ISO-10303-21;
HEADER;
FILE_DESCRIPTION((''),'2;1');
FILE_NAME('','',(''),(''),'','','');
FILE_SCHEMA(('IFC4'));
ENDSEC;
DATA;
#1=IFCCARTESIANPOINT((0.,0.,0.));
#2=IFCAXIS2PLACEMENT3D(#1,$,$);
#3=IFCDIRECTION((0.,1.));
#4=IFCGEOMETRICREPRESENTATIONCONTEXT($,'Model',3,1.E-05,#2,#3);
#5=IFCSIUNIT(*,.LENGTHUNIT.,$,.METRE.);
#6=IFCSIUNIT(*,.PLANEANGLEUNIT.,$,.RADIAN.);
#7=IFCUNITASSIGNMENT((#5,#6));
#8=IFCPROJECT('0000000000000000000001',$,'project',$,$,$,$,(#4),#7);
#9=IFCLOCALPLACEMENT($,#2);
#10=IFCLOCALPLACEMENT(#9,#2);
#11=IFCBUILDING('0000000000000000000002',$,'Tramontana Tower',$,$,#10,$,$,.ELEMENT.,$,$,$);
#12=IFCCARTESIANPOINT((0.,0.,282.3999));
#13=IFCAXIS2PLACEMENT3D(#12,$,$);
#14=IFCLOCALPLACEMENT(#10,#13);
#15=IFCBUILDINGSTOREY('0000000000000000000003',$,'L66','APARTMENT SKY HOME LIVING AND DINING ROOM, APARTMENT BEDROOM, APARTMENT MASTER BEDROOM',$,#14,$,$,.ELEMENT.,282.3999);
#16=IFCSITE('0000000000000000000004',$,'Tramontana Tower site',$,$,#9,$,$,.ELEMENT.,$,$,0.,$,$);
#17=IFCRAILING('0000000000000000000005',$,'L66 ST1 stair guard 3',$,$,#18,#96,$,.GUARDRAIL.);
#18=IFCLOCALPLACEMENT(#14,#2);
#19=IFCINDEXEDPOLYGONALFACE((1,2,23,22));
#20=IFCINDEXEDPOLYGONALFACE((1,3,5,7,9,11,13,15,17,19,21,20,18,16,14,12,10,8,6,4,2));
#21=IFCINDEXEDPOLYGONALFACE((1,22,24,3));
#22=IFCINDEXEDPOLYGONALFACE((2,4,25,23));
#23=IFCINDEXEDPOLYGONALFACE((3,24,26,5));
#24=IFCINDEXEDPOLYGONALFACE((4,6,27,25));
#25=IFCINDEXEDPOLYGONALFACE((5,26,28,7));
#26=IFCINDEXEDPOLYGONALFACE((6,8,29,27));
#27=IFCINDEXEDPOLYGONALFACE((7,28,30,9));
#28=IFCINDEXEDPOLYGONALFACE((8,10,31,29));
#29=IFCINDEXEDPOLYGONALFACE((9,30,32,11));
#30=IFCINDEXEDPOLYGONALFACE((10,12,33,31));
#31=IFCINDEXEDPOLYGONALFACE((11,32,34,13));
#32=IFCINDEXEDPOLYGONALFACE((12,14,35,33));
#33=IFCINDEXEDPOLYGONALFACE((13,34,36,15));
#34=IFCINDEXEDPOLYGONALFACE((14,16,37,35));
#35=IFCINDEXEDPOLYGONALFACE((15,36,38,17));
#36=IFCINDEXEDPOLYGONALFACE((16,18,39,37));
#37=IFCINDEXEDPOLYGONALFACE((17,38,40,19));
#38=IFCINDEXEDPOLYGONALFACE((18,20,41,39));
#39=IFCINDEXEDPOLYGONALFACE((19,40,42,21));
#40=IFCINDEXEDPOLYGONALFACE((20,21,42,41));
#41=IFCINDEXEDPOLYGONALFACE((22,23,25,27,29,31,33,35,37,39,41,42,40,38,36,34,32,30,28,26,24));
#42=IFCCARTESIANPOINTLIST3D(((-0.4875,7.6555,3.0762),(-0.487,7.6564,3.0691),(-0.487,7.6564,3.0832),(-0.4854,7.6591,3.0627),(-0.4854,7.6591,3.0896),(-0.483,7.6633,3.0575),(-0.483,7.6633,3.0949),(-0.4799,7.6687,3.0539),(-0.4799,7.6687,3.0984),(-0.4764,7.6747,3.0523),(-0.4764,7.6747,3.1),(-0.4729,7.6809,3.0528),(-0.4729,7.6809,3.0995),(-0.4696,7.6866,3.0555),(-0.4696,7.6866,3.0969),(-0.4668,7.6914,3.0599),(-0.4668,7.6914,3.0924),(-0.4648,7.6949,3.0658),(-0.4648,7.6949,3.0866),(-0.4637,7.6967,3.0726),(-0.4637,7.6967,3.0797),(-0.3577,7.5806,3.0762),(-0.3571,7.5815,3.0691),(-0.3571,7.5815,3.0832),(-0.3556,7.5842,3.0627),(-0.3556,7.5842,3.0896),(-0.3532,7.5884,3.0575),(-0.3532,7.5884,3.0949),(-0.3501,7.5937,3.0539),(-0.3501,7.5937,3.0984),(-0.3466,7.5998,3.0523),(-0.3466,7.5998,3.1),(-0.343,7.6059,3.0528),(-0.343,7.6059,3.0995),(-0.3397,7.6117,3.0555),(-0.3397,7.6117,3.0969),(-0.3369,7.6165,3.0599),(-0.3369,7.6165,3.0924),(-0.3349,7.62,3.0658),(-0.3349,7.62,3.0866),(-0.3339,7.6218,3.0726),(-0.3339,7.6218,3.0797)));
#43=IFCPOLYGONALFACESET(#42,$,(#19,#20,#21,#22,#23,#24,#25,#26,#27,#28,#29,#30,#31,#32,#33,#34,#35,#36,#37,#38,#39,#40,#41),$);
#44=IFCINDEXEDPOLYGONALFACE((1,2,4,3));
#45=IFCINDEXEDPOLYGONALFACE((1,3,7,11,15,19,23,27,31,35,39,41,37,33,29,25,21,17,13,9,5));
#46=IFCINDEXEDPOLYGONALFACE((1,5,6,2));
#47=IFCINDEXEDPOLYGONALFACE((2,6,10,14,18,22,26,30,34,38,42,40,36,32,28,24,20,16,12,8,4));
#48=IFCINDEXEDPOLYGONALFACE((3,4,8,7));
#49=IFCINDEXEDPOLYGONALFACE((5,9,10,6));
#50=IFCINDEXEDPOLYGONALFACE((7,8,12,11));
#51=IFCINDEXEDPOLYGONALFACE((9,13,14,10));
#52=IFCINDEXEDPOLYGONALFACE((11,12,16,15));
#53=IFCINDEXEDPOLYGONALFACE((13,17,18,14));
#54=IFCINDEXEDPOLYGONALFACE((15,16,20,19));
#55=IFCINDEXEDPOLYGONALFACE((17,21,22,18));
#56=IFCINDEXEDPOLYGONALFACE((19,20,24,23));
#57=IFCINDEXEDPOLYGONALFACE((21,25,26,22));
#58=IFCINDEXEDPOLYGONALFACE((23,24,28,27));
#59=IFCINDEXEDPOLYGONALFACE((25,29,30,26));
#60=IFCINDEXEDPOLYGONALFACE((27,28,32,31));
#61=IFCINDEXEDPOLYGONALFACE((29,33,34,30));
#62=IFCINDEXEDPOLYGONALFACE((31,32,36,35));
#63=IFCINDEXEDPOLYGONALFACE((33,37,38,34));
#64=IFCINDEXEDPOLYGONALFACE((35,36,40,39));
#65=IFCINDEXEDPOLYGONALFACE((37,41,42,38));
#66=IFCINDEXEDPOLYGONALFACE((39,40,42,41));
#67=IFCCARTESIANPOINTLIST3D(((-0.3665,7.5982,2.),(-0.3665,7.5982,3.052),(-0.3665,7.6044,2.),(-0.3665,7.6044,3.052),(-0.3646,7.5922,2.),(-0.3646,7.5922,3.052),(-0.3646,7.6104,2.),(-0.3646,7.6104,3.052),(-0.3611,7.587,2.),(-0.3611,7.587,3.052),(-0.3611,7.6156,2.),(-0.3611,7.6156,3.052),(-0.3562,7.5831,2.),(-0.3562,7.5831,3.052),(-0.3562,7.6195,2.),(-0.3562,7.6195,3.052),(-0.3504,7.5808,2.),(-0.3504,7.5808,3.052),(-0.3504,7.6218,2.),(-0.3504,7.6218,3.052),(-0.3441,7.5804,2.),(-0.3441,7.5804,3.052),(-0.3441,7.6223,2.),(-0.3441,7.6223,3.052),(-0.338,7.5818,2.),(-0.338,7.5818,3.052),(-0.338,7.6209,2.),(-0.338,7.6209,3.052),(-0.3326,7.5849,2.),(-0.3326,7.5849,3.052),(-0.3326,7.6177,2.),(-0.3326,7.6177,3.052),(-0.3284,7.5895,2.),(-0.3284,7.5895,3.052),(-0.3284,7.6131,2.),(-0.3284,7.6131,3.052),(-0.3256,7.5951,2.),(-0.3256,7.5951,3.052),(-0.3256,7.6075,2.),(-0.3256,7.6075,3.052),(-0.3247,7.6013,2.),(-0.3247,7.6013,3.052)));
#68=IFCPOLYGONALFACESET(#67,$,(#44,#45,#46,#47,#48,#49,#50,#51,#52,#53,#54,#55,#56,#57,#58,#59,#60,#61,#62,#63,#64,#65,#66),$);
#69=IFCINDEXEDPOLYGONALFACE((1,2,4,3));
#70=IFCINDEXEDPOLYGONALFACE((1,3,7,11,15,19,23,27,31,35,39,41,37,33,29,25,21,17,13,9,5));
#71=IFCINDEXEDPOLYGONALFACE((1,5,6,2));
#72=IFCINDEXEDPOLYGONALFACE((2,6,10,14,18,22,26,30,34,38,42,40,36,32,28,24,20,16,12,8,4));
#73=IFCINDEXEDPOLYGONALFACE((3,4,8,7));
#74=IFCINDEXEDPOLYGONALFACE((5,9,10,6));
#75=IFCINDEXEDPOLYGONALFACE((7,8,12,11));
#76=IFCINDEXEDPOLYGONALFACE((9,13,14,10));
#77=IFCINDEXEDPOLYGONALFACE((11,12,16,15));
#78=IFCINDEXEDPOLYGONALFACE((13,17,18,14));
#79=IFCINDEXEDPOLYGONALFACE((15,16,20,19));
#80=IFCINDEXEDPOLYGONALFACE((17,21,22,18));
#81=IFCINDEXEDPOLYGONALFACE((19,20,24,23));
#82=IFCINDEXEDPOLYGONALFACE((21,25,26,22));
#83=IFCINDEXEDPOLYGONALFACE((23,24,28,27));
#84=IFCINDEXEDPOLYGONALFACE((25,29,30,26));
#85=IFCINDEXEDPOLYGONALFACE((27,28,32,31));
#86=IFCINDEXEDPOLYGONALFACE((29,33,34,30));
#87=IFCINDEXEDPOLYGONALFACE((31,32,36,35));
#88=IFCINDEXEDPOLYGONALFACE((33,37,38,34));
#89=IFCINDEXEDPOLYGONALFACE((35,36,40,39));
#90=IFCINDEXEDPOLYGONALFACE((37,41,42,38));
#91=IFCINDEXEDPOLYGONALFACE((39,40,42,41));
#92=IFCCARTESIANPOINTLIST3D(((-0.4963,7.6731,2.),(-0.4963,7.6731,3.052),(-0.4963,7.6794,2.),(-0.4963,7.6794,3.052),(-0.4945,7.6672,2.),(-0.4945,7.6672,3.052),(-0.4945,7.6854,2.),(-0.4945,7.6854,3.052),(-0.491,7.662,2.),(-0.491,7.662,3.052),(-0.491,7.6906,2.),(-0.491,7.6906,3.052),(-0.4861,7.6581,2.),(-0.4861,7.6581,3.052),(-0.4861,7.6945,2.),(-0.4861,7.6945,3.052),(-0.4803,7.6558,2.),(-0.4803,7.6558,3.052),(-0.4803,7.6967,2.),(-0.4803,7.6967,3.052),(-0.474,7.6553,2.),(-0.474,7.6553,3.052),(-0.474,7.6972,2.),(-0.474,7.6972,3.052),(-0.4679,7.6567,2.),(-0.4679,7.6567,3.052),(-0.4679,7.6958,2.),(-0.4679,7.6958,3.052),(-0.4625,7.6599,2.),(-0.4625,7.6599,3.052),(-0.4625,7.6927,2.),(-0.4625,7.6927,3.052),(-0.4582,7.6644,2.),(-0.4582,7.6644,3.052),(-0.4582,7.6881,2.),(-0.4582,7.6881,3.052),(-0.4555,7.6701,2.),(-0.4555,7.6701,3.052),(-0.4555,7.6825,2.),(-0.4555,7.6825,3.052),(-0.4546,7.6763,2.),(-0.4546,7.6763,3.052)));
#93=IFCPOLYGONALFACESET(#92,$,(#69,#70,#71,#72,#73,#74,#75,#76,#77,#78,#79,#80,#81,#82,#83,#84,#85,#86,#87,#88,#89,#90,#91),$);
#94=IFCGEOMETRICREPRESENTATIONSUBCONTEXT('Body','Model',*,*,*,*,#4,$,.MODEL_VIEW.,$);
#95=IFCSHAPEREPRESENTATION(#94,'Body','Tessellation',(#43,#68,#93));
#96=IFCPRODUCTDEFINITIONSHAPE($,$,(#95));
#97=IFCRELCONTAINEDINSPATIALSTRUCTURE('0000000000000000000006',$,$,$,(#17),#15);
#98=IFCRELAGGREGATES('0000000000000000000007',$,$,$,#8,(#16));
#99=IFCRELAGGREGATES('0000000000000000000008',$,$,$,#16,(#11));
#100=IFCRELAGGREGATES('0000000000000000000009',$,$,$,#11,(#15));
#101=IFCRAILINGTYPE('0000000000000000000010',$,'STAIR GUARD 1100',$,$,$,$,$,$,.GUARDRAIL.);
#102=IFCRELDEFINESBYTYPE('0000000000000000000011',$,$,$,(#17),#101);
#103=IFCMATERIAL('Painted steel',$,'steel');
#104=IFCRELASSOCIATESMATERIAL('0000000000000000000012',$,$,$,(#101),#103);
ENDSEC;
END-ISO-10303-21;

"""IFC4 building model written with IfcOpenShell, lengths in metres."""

from ifc_helpers import new_model, si_unit, direction, frame, origin, origin_2d, place, context, subcontext, project, spatial, circle, extrude, material, type_object, element, save


model = new_model("IFC4")

# Units and contexts
model_context = context("Model", 3, precision=1e-05, world=origin(), true_north=direction((0.0, 1.0)))
body_context = subcontext(model_context, "Body", "Model", "MODEL_VIEW")
ifc_project = project(units=[si_unit("LENGTHUNIT", "METRE"), si_unit("PLANEANGLEUNIT", "RADIAN")], contexts=[model_context])

# Site, building, storey
site_placement = place(None, origin())
site = spatial("IfcSite", under=ifc_project, at=site_placement, Name="Tramontana Tower site", CompositionType="ELEMENT", RefElevation=0.0)
building_placement = place(site_placement, origin())
building = spatial("IfcBuilding", under=site, at=building_placement, Name="Tramontana Tower", CompositionType="ELEMENT")
storey_placement = place(building_placement, frame((0.0, 0.0, 282.3999)))
storey = spatial("IfcBuildingStorey", under=building, at=storey_placement, Name="L66", Description="APARTMENT SKY HOME LIVING AND DINING ROOM, APARTMENT BEDROOM, APARTMENT MASTER BEDROOM", CompositionType="ELEMENT", Elevation=282.3999)

# Railing
ifc_material_1 = material(Name="Painted steel", Category="steel")
railing_type_1 = type_object("IfcRailingType", Name="STAIR GUARD 1100", PredefinedType="GUARDRAIL", material=ifc_material_1)
railing_1_placement = place(storey_placement, frame((-0.3457, 7.6013, 2.0)))
element("IfcRailing", 1, at=railing_1_placement, inside=storey, type_object=railing_type_1, Name="L66 ST1 stair guard 3", PredefinedType="GUARDRAIL", context=body_context, shape_type="SweptSolid", body=[
    extrude(circle(Radius=0.0239, at=origin_2d()), frame((0.0, 0.0, 1.0762), z_axis=(-0.866131, 0.499816, 0.0), x_axis=(-0.499816, -0.866131, 0.0)), (0.0, 0.0, 1.0), 0.1499),
    extrude(circle(Radius=0.021, at=origin_2d()), origin(), (0.0, 0.0, 1.0), 1.052),
    extrude(circle(Radius=0.021, at=origin_2d()), frame((-0.1299, 0.075, 0.0)), (0.0, 0.0, 1.0), 1.052),
])

save(model, "model.ifc")
